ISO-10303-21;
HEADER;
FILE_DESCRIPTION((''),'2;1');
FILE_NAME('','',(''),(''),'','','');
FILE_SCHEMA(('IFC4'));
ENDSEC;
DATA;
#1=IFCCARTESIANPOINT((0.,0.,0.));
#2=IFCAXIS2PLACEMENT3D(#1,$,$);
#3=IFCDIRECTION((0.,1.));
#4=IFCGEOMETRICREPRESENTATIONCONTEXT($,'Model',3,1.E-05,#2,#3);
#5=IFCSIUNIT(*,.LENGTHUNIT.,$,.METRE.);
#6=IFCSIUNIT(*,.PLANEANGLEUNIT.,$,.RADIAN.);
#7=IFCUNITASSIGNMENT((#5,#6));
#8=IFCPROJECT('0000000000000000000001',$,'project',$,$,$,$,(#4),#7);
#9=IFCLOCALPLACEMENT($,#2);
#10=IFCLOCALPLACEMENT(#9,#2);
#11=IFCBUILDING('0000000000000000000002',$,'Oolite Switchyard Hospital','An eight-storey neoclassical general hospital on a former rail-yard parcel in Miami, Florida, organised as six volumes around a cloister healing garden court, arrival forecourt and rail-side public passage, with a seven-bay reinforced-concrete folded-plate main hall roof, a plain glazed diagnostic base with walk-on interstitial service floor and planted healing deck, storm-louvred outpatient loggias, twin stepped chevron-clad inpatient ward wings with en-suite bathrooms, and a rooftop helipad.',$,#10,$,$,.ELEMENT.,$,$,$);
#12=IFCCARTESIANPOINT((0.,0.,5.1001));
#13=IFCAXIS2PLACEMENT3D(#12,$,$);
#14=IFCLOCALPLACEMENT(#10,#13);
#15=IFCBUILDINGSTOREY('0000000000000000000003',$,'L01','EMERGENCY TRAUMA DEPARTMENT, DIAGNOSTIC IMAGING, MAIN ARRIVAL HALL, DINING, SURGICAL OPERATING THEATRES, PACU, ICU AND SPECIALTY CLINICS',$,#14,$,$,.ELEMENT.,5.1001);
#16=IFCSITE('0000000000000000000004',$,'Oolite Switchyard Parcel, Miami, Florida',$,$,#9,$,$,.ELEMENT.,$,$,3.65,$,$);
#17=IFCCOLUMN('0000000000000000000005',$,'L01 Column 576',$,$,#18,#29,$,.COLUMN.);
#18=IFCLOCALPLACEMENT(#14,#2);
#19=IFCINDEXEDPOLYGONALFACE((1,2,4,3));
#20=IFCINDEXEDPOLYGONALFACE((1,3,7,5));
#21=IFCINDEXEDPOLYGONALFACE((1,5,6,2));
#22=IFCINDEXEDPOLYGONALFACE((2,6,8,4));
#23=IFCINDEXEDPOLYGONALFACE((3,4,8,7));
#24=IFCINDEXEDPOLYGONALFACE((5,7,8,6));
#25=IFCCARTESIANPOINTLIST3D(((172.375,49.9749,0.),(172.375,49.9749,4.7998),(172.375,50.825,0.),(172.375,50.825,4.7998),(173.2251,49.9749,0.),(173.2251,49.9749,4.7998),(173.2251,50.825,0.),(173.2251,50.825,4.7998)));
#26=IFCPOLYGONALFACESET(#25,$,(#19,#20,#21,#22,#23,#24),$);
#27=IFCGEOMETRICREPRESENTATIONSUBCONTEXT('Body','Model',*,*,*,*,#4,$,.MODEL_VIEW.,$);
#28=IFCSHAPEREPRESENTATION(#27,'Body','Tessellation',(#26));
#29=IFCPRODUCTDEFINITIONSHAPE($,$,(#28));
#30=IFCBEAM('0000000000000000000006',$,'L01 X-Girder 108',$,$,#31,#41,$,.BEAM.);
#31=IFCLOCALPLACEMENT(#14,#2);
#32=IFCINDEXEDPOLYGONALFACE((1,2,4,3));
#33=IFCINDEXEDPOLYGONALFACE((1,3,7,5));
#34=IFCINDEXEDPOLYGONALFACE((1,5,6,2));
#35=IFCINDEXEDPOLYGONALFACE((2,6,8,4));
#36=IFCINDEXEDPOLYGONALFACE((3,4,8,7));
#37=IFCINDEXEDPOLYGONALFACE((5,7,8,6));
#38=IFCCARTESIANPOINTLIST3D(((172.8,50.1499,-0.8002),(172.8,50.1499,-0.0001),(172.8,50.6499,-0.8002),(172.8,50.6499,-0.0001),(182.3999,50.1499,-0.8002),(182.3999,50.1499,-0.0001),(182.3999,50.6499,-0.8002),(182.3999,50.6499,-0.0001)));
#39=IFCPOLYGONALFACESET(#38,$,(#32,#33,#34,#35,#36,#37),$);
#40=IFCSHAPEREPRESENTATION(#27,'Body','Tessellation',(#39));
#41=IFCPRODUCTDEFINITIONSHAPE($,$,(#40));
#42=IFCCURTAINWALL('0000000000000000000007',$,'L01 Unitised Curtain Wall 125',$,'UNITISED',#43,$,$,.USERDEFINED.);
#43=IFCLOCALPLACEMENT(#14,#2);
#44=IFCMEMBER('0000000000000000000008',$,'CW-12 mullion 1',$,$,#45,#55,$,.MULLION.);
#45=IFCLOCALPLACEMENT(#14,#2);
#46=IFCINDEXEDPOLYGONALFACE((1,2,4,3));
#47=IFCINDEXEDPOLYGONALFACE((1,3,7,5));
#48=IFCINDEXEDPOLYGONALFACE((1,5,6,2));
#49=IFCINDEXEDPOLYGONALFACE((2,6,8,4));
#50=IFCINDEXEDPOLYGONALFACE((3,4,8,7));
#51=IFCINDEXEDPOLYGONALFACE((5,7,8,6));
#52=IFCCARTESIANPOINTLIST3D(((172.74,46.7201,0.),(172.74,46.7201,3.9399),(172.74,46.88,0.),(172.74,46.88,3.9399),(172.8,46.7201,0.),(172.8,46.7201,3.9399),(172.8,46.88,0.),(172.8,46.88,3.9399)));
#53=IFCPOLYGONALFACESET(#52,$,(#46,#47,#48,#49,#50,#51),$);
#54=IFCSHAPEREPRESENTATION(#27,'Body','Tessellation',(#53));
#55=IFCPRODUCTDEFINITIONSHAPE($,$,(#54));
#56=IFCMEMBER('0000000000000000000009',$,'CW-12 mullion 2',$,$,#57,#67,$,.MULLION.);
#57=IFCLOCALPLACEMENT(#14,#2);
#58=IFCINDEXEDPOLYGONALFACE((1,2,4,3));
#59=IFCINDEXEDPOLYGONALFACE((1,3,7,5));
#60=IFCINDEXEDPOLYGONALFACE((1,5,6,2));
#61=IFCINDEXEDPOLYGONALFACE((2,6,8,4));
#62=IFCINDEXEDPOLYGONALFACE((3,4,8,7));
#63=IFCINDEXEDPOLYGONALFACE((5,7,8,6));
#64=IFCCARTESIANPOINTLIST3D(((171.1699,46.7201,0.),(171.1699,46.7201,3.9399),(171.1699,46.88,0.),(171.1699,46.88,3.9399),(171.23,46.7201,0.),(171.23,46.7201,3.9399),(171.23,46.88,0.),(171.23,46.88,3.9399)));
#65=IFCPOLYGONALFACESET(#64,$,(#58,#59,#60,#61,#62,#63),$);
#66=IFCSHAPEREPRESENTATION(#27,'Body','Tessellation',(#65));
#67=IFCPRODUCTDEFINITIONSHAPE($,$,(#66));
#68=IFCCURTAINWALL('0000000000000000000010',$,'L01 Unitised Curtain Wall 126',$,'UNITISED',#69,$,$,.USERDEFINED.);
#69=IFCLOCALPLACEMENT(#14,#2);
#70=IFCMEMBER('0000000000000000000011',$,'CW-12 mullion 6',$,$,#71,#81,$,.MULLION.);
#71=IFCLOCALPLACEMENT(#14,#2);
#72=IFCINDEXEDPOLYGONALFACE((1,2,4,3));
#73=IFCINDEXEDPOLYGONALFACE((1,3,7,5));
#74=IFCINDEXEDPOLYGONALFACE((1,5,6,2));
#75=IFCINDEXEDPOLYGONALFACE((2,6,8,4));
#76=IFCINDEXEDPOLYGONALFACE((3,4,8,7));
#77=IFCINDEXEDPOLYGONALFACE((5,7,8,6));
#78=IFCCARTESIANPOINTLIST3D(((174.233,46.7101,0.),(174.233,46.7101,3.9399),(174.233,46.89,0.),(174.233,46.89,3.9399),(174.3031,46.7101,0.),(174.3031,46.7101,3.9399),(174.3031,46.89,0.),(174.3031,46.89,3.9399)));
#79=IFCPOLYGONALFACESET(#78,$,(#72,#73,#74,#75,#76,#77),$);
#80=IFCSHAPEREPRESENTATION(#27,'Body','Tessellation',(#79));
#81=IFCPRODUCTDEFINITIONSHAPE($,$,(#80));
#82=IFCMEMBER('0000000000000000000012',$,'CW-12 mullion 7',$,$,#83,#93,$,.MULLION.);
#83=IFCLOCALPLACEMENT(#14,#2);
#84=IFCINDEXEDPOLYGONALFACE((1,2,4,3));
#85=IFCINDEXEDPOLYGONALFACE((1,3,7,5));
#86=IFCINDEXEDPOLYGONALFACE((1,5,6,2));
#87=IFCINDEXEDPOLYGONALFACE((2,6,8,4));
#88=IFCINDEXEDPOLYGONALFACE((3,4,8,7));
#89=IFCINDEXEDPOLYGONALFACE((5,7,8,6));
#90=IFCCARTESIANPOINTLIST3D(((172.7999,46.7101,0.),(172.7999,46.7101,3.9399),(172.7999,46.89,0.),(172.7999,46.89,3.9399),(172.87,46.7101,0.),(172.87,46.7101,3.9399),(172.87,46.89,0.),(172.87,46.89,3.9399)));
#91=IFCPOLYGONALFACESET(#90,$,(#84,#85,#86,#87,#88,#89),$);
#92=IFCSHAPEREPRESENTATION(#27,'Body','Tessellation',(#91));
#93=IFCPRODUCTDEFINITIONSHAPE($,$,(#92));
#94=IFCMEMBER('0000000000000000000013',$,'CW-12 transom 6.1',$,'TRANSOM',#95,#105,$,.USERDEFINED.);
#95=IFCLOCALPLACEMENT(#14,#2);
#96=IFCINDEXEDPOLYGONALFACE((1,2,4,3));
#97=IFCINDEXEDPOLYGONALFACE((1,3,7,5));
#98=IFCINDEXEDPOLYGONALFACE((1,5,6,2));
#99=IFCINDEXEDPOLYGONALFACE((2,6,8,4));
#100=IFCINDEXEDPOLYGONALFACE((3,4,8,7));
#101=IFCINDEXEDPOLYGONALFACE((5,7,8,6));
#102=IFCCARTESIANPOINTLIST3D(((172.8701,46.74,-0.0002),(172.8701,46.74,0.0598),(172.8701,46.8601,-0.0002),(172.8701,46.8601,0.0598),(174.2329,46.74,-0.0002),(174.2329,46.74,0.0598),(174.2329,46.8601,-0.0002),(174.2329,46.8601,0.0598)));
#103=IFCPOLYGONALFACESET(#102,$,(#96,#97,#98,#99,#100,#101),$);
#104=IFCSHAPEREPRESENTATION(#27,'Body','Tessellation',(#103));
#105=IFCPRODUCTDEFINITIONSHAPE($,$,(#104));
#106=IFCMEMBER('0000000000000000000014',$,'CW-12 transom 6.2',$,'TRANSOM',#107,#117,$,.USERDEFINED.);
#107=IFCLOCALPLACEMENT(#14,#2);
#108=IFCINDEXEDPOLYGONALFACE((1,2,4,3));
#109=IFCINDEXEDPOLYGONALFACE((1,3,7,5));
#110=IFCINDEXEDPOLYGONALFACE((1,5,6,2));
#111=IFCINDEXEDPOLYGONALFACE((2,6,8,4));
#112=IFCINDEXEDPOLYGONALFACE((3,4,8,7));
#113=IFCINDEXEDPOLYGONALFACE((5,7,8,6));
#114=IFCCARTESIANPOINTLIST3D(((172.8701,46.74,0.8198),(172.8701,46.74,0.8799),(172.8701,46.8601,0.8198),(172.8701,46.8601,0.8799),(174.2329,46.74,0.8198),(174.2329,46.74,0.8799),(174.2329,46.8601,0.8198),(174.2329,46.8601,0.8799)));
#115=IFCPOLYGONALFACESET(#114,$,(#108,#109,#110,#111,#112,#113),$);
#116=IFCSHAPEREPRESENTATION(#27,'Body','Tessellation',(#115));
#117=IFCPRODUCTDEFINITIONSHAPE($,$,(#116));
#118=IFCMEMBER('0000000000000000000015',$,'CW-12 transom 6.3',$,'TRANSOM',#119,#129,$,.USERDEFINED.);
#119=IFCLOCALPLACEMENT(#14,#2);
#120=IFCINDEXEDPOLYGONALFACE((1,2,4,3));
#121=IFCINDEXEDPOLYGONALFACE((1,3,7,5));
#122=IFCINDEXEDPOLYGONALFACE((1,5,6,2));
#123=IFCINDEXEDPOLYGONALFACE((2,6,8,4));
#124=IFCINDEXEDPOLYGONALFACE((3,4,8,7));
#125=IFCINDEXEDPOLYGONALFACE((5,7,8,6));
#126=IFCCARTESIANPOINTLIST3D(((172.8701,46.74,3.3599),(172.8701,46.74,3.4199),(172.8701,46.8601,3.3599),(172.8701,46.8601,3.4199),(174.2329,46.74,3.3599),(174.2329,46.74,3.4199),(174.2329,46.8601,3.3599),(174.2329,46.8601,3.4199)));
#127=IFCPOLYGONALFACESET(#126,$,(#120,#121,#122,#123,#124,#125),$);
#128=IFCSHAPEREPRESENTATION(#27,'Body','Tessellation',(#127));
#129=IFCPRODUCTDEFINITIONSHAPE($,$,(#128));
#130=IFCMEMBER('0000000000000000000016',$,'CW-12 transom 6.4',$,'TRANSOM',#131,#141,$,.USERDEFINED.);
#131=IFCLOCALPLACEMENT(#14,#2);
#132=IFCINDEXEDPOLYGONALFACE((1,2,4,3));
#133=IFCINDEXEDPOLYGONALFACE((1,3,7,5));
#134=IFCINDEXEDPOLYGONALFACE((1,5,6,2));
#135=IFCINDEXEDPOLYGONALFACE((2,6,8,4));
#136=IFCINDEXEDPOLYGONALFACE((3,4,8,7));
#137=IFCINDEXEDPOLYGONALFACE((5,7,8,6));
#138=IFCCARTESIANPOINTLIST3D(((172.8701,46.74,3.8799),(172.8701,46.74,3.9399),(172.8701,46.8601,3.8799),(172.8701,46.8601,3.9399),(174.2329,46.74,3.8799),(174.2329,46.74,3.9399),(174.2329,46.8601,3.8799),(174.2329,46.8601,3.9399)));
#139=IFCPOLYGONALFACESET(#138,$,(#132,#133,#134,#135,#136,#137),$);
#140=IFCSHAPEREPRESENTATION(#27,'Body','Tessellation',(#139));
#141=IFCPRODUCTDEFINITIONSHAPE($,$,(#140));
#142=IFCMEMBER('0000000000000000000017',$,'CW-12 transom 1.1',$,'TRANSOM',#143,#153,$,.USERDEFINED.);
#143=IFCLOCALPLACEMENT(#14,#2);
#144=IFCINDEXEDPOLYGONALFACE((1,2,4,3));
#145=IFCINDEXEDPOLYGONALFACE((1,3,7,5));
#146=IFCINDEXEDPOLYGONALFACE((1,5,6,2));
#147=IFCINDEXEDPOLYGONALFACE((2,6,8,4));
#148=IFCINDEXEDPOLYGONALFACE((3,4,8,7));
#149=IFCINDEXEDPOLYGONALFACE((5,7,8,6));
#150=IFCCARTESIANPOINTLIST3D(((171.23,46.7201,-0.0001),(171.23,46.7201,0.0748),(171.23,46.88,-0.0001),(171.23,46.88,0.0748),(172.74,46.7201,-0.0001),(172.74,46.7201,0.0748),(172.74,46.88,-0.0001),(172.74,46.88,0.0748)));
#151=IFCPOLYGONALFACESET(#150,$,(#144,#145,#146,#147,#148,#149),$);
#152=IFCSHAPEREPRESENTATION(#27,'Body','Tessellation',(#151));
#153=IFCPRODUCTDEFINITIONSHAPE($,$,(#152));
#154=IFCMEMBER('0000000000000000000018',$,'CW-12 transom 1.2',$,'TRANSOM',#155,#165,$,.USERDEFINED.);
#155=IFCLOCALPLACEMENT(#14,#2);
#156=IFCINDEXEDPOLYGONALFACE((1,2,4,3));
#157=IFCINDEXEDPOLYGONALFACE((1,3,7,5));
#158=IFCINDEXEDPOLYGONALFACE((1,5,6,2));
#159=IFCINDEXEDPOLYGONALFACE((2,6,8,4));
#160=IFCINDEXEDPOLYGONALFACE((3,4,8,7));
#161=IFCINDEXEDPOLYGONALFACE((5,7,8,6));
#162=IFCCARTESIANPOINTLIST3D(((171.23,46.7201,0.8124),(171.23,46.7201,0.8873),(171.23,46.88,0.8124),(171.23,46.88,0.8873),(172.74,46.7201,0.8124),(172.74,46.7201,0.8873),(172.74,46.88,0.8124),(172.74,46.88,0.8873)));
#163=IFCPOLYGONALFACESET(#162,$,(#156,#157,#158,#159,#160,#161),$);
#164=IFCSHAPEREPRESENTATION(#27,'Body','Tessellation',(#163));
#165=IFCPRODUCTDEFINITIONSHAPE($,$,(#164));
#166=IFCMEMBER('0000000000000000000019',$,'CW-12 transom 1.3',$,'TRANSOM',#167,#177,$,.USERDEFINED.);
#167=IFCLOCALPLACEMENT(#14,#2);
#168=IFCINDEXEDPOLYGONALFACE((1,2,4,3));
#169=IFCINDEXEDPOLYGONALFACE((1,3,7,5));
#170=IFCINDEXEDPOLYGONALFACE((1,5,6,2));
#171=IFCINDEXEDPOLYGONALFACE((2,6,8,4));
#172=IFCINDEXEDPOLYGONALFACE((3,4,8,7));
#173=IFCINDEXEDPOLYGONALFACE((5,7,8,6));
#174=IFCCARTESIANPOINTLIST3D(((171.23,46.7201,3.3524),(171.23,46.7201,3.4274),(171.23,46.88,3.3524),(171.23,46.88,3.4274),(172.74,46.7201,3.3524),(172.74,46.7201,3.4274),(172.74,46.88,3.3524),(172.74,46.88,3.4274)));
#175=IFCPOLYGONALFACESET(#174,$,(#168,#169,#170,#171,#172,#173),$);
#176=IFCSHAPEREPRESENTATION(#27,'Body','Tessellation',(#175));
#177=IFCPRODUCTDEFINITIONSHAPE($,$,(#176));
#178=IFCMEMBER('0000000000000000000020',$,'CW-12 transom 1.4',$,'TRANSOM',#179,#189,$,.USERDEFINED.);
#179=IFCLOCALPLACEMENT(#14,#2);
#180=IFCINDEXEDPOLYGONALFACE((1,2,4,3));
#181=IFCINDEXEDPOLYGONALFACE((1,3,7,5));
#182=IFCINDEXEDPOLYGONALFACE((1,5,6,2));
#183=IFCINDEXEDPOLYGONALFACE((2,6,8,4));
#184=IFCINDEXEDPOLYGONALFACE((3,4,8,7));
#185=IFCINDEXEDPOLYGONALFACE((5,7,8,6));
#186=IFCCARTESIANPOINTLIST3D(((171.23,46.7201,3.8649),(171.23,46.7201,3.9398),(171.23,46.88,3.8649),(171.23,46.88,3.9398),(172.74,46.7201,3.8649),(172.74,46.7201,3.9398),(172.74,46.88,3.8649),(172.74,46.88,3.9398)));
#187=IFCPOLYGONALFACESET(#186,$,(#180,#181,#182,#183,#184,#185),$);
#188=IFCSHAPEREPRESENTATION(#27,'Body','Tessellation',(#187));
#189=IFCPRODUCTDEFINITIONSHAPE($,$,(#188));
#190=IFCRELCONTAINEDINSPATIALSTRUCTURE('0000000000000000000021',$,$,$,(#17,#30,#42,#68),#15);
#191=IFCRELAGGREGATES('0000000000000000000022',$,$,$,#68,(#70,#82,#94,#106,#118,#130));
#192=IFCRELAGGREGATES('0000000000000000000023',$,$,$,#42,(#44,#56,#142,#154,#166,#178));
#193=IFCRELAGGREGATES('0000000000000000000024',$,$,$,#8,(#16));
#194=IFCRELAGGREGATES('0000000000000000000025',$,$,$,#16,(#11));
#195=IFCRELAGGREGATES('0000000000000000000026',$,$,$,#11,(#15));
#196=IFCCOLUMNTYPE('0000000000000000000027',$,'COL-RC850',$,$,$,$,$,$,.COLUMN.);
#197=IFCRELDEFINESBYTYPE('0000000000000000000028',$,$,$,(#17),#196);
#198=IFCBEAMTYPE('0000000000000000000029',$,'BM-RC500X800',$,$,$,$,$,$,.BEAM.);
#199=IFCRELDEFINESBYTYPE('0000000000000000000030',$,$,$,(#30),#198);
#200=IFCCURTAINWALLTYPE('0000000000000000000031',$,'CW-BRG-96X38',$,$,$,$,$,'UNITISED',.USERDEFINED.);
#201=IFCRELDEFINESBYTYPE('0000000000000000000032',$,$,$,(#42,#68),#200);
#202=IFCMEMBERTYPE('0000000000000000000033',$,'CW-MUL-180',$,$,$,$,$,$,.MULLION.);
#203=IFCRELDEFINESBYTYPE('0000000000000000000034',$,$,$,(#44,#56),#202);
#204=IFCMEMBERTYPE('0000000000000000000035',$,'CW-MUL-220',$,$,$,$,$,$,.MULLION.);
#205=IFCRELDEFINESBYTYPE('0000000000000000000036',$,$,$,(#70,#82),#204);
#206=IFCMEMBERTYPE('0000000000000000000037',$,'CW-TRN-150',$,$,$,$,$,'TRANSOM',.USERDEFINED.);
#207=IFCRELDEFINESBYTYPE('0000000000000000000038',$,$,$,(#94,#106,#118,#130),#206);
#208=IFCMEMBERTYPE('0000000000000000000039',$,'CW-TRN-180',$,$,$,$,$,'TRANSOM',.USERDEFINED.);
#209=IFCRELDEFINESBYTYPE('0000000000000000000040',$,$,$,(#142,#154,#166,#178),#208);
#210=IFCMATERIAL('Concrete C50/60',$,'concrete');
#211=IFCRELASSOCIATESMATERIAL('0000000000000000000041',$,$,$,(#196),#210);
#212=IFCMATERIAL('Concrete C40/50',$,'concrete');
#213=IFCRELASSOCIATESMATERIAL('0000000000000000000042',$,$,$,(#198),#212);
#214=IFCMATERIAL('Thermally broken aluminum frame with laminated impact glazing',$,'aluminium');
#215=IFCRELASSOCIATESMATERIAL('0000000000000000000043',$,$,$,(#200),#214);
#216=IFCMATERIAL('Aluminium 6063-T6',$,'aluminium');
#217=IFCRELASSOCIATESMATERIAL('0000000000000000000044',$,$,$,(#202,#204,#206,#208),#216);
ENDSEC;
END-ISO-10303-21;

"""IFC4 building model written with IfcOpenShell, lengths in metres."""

from ifc_helpers import new_model, si_unit, direction, frame, origin, origin_2d, place, context, subcontext, project, spatial, rectangle, extrude, material, material_profile, profile_set, type_object, element, aggregate, save


model = new_model("IFC4")

# Units and contexts
model_context = context("Model", 3, precision=1e-05, world=origin(), true_north=direction((0.0, 1.0)))
body_context = subcontext(model_context, "Body", "Model", "MODEL_VIEW")
ifc_project = project(units=[si_unit("LENGTHUNIT", "METRE"), si_unit("PLANEANGLEUNIT", "RADIAN")], contexts=[model_context])

# Site, building, storey
site_placement = place(None, origin())
site = spatial("IfcSite", under=ifc_project, at=site_placement, Name="Oolite Switchyard Parcel, Miami, Florida", CompositionType="ELEMENT", RefElevation=3.65)
building_placement = place(site_placement, origin())
building = spatial("IfcBuilding", under=site, at=building_placement, Name="Oolite Switchyard Hospital", Description="An eight-storey neoclassical general hospital on a former rail-yard parcel in Miami, Florida, organised as six volumes around a cloister healing garden court, arrival forecourt and rail-side public passage, with a seven-bay reinforced-concrete folded-plate main hall roof, a plain glazed diagnostic base with walk-on interstitial service floor and planted healing deck, storm-louvred outpatient loggias, twin stepped chevron-clad inpatient ward wings with en-suite bathrooms, and a rooftop helipad.", CompositionType="ELEMENT")
storey_placement = place(building_placement, frame((0.0, 0.0, 5.1001)))
storey = spatial("IfcBuildingStorey", under=building, at=storey_placement, Name="L01", Description="EMERGENCY TRAUMA DEPARTMENT, DIAGNOSTIC IMAGING, MAIN ARRIVAL HALL, DINING, SURGICAL OPERATING THEATRES, PACU, ICU AND SPECIALTY CLINICS", CompositionType="ELEMENT", Elevation=5.1001)

# Column
ifc_material_1 = material(Name="Concrete C50/60", Category="concrete")
ifc_material_profile_1 = material_profile(ifc_material_1, rectangle(XDim=0.8501, YDim=0.8501, at=origin_2d()), Name="RC850X850")
ifc_profile_set_1 = profile_set([ifc_material_profile_1], Name="Concrete C50/60")
column_type = type_object("IfcColumnType", Name="COL-RC850", PredefinedType="COLUMN", material=ifc_profile_set_1)
column_placement = place(storey_placement, frame((172.8, 50.3999, 0.0), z_axis=(0.0, 0.0, 1.0), x_axis=(1.0, 0.0, 0.0)))
element("IfcColumn", 1, at=column_placement, inside=storey, type_object=column_type, Name="L01 Column 576", PredefinedType="COLUMN", context=body_context, shape_type="SweptSolid", body=[
    extrude(rectangle(XDim=0.8501, YDim=0.8501, at=origin_2d()), origin(), (0.0, 0.0, 1.0), 4.7998),
])

# Beam
ifc_material_2 = material(Name="Concrete C40/50", Category="concrete")
ifc_material_profile_2 = material_profile(ifc_material_2, rectangle(XDim=0.5, YDim=0.8, at=origin_2d()), Name="RCB500X800")
ifc_profile_set_2 = profile_set([ifc_material_profile_2], Name="Concrete C40/50")
beam_type = type_object("IfcBeamType", Name="BM-RC500X800", PredefinedType="BEAM", material=ifc_profile_set_2)
beam_placement = place(storey_placement, frame((172.8, 50.3999, -0.4001), z_axis=(1.0, 0.0, 0.0), x_axis=(0.0, 1.0, 0.0)))
element("IfcBeam", 2, at=beam_placement, inside=storey, type_object=beam_type, Name="L01 X-Girder 108", PredefinedType="BEAM", context=body_context, shape_type="SweptSolid", body=[
    extrude(rectangle(XDim=0.5, YDim=0.8, at=origin_2d()), origin(), (0.0, 0.0, 1.0), 9.5999),
])

# Curtain walls, members
ifc_material_3 = material(Name="Thermally broken aluminum frame with laminated impact glazing", Category="aluminium")
curtain_wall_type = type_object("IfcCurtainWallType", Name="CW-BRG-96X38", ElementType="UNITISED", PredefinedType="USERDEFINED", material=ifc_material_3)
curtain_wall_1_placement = place(storey_placement, origin())
curtain_wall_1 = element("IfcCurtainWall", 3, at=curtain_wall_1_placement, inside=storey, type_object=curtain_wall_type, Name="L01 Unitised Curtain Wall 125", ObjectType="UNITISED", PredefinedType="USERDEFINED")
ifc_material_4 = material(Name="Aluminium 6063-T6", Category="aluminium")
ifc_material_profile_3 = material_profile(ifc_material_4, rectangle(XDim=0.1599, YDim=0.0601, at=origin_2d()), Name="CWM60X160")
ifc_profile_set_3 = profile_set([ifc_material_profile_3], Name="Aluminium 6063-T6")
member_type_1 = type_object("IfcMemberType", Name="CW-MUL-180", PredefinedType="MULLION", material=ifc_profile_set_3)
member_1_placement = place(storey_placement, frame((172.77, 46.8, 0.0), z_axis=(0.0, 0.0, 1.0), x_axis=(0.0, -1.0, 0.0)))
member_1 = element("IfcMember", 4, at=member_1_placement, type_object=member_type_1, Name="CW-12 mullion 1", PredefinedType="MULLION", context=body_context, shape_type="SweptSolid", body=[
    extrude(rectangle(XDim=0.1599, YDim=0.0601, at=origin_2d()), origin(), (0.0, 0.0, 1.0), 3.9399),
])
member_2_placement = place(storey_placement, frame((171.2, 46.8, 0.0), z_axis=(0.0, 0.0, 1.0), x_axis=(0.0, -1.0, 0.0)))
member_2 = element("IfcMember", 5, at=member_2_placement, type_object=member_type_1, Name="CW-12 mullion 2", PredefinedType="MULLION", context=body_context, shape_type="SweptSolid", body=[
    extrude(rectangle(XDim=0.1599, YDim=0.0601, at=origin_2d()), origin(), (0.0, 0.0, 1.0), 3.9399),
])
curtain_wall_2_placement = place(storey_placement, origin())
curtain_wall_2 = element("IfcCurtainWall", 6, at=curtain_wall_2_placement, inside=storey, type_object=curtain_wall_type, Name="L01 Unitised Curtain Wall 126", ObjectType="UNITISED", PredefinedType="USERDEFINED")
ifc_material_profile_4 = material_profile(ifc_material_4, rectangle(XDim=0.1799, YDim=0.0701, at=origin_2d()), Name="CWM70X180")
ifc_profile_set_4 = profile_set([ifc_material_profile_4], Name="Aluminium 6063-T6")
member_type_2 = type_object("IfcMemberType", Name="CW-MUL-220", PredefinedType="MULLION", material=ifc_profile_set_4)
member_3_placement = place(storey_placement, frame((174.2681, 46.8, 0.0), z_axis=(0.0, 0.0, 1.0), x_axis=(0.0, -1.0, 0.0)))
member_3 = element("IfcMember", 7, at=member_3_placement, type_object=member_type_2, Name="CW-12 mullion 6", PredefinedType="MULLION", context=body_context, shape_type="SweptSolid", body=[
    extrude(rectangle(XDim=0.1799, YDim=0.0701, at=origin_2d()), origin(), (0.0, 0.0, 1.0), 3.9399),
])
member_4_placement = place(storey_placement, frame((172.835, 46.8, 0.0), z_axis=(0.0, 0.0, 1.0), x_axis=(0.0, -1.0, 0.0)))
member_4 = element("IfcMember", 8, at=member_4_placement, type_object=member_type_2, Name="CW-12 mullion 7", PredefinedType="MULLION", context=body_context, shape_type="SweptSolid", body=[
    extrude(rectangle(XDim=0.1799, YDim=0.0701, at=origin_2d()), origin(), (0.0, 0.0, 1.0), 3.9399),
])
ifc_material_profile_5 = material_profile(ifc_material_4, rectangle(XDim=0.1201, YDim=0.0601, at=origin_2d()), Name="CWT60X120")
ifc_profile_set_5 = profile_set([ifc_material_profile_5], Name="Aluminium 6063-T6")
member_type_3 = type_object("IfcMemberType", Name="CW-TRN-150", ElementType="TRANSOM", PredefinedType="USERDEFINED", material=ifc_profile_set_5)
member_5_placement = place(storey_placement, frame((174.2329, 46.8, 0.0298), z_axis=(-1.0, 0.0, 0.0), x_axis=(0.0, -1.0, 0.0)))
member_5 = element("IfcMember", 9, at=member_5_placement, type_object=member_type_3, Name="CW-12 transom 6.1", ObjectType="TRANSOM", PredefinedType="USERDEFINED", context=body_context, shape_type="SweptSolid", body=[
    extrude(rectangle(XDim=0.1201, YDim=0.0601, at=origin_2d()), origin(), (0.0, 0.0, 1.0), 1.3628),
])
member_6_placement = place(storey_placement, frame((174.2329, 46.8, 0.8499), z_axis=(-1.0, 0.0, 0.0), x_axis=(0.0, -1.0, 0.0)))
member_6 = element("IfcMember", 10, at=member_6_placement, type_object=member_type_3, Name="CW-12 transom 6.2", ObjectType="TRANSOM", PredefinedType="USERDEFINED", context=body_context, shape_type="SweptSolid", body=[
    extrude(rectangle(XDim=0.1201, YDim=0.0601, at=origin_2d()), origin(), (0.0, 0.0, 1.0), 1.3628),
])
member_7_placement = place(storey_placement, frame((174.2329, 46.8, 3.3899), z_axis=(-1.0, 0.0, 0.0), x_axis=(0.0, -1.0, 0.0)))
member_7 = element("IfcMember", 11, at=member_7_placement, type_object=member_type_3, Name="CW-12 transom 6.3", ObjectType="TRANSOM", PredefinedType="USERDEFINED", context=body_context, shape_type="SweptSolid", body=[
    extrude(rectangle(XDim=0.1201, YDim=0.0601, at=origin_2d()), origin(), (0.0, 0.0, 1.0), 1.3628),
])
member_8_placement = place(storey_placement, frame((174.2329, 46.8, 3.9099), z_axis=(-1.0, 0.0, 0.0), x_axis=(0.0, -1.0, 0.0)))
member_8 = element("IfcMember", 12, at=member_8_placement, type_object=member_type_3, Name="CW-12 transom 6.4", ObjectType="TRANSOM", PredefinedType="USERDEFINED", context=body_context, shape_type="SweptSolid", body=[
    extrude(rectangle(XDim=0.1201, YDim=0.0601, at=origin_2d()), origin(), (0.0, 0.0, 1.0), 1.3628),
])

# Members
ifc_material_profile_6 = material_profile(ifc_material_4, rectangle(XDim=0.1599, YDim=0.075, at=origin_2d()), Name="CWT75X160")
ifc_profile_set_6 = profile_set([ifc_material_profile_6], Name="Aluminium 6063-T6")
member_type_4 = type_object("IfcMemberType", Name="CW-TRN-180", ElementType="TRANSOM", PredefinedType="USERDEFINED", material=ifc_profile_set_6)
member_9_placement = place(storey_placement, frame((172.74, 46.8, 0.0374), z_axis=(-1.0, 0.0, 0.0), x_axis=(0.0, -1.0, 0.0)))
member_9 = element("IfcMember", 13, at=member_9_placement, type_object=member_type_4, Name="CW-12 transom 1.1", ObjectType="TRANSOM", PredefinedType="USERDEFINED", context=body_context, shape_type="SweptSolid", body=[
    extrude(rectangle(XDim=0.1599, YDim=0.075, at=origin_2d()), origin(), (0.0, 0.0, 1.0), 1.51),
])
member_10_placement = place(storey_placement, frame((172.74, 46.8, 0.8499), z_axis=(-1.0, 0.0, 0.0), x_axis=(0.0, -1.0, 0.0)))
member_10 = element("IfcMember", 14, at=member_10_placement, type_object=member_type_4, Name="CW-12 transom 1.2", ObjectType="TRANSOM", PredefinedType="USERDEFINED", context=body_context, shape_type="SweptSolid", body=[
    extrude(rectangle(XDim=0.1599, YDim=0.075, at=origin_2d()), origin(), (0.0, 0.0, 1.0), 1.51),
])
member_11_placement = place(storey_placement, frame((172.74, 46.8, 3.3899), z_axis=(-1.0, 0.0, 0.0), x_axis=(0.0, -1.0, 0.0)))
member_11 = element("IfcMember", 15, at=member_11_placement, type_object=member_type_4, Name="CW-12 transom 1.3", ObjectType="TRANSOM", PredefinedType="USERDEFINED", context=body_context, shape_type="SweptSolid", body=[
    extrude(rectangle(XDim=0.1599, YDim=0.075, at=origin_2d()), origin(), (0.0, 0.0, 1.0), 1.51),
])
member_12_placement = place(storey_placement, frame((172.74, 46.8, 3.9023), z_axis=(-1.0, 0.0, 0.0), x_axis=(0.0, -1.0, 0.0)))
member_12 = element("IfcMember", 16, at=member_12_placement, type_object=member_type_4, Name="CW-12 transom 1.4", ObjectType="TRANSOM", PredefinedType="USERDEFINED", context=body_context, shape_type="SweptSolid", body=[
    extrude(rectangle(XDim=0.1599, YDim=0.075, at=origin_2d()), origin(), (0.0, 0.0, 1.0), 1.51),
])

aggregate(curtain_wall_2, [member_3, member_4, member_5, member_6, member_7, member_8])
aggregate(curtain_wall_1, [member_1, member_2, member_9, member_10, member_11, member_12])

save(model, "model.ifc")
